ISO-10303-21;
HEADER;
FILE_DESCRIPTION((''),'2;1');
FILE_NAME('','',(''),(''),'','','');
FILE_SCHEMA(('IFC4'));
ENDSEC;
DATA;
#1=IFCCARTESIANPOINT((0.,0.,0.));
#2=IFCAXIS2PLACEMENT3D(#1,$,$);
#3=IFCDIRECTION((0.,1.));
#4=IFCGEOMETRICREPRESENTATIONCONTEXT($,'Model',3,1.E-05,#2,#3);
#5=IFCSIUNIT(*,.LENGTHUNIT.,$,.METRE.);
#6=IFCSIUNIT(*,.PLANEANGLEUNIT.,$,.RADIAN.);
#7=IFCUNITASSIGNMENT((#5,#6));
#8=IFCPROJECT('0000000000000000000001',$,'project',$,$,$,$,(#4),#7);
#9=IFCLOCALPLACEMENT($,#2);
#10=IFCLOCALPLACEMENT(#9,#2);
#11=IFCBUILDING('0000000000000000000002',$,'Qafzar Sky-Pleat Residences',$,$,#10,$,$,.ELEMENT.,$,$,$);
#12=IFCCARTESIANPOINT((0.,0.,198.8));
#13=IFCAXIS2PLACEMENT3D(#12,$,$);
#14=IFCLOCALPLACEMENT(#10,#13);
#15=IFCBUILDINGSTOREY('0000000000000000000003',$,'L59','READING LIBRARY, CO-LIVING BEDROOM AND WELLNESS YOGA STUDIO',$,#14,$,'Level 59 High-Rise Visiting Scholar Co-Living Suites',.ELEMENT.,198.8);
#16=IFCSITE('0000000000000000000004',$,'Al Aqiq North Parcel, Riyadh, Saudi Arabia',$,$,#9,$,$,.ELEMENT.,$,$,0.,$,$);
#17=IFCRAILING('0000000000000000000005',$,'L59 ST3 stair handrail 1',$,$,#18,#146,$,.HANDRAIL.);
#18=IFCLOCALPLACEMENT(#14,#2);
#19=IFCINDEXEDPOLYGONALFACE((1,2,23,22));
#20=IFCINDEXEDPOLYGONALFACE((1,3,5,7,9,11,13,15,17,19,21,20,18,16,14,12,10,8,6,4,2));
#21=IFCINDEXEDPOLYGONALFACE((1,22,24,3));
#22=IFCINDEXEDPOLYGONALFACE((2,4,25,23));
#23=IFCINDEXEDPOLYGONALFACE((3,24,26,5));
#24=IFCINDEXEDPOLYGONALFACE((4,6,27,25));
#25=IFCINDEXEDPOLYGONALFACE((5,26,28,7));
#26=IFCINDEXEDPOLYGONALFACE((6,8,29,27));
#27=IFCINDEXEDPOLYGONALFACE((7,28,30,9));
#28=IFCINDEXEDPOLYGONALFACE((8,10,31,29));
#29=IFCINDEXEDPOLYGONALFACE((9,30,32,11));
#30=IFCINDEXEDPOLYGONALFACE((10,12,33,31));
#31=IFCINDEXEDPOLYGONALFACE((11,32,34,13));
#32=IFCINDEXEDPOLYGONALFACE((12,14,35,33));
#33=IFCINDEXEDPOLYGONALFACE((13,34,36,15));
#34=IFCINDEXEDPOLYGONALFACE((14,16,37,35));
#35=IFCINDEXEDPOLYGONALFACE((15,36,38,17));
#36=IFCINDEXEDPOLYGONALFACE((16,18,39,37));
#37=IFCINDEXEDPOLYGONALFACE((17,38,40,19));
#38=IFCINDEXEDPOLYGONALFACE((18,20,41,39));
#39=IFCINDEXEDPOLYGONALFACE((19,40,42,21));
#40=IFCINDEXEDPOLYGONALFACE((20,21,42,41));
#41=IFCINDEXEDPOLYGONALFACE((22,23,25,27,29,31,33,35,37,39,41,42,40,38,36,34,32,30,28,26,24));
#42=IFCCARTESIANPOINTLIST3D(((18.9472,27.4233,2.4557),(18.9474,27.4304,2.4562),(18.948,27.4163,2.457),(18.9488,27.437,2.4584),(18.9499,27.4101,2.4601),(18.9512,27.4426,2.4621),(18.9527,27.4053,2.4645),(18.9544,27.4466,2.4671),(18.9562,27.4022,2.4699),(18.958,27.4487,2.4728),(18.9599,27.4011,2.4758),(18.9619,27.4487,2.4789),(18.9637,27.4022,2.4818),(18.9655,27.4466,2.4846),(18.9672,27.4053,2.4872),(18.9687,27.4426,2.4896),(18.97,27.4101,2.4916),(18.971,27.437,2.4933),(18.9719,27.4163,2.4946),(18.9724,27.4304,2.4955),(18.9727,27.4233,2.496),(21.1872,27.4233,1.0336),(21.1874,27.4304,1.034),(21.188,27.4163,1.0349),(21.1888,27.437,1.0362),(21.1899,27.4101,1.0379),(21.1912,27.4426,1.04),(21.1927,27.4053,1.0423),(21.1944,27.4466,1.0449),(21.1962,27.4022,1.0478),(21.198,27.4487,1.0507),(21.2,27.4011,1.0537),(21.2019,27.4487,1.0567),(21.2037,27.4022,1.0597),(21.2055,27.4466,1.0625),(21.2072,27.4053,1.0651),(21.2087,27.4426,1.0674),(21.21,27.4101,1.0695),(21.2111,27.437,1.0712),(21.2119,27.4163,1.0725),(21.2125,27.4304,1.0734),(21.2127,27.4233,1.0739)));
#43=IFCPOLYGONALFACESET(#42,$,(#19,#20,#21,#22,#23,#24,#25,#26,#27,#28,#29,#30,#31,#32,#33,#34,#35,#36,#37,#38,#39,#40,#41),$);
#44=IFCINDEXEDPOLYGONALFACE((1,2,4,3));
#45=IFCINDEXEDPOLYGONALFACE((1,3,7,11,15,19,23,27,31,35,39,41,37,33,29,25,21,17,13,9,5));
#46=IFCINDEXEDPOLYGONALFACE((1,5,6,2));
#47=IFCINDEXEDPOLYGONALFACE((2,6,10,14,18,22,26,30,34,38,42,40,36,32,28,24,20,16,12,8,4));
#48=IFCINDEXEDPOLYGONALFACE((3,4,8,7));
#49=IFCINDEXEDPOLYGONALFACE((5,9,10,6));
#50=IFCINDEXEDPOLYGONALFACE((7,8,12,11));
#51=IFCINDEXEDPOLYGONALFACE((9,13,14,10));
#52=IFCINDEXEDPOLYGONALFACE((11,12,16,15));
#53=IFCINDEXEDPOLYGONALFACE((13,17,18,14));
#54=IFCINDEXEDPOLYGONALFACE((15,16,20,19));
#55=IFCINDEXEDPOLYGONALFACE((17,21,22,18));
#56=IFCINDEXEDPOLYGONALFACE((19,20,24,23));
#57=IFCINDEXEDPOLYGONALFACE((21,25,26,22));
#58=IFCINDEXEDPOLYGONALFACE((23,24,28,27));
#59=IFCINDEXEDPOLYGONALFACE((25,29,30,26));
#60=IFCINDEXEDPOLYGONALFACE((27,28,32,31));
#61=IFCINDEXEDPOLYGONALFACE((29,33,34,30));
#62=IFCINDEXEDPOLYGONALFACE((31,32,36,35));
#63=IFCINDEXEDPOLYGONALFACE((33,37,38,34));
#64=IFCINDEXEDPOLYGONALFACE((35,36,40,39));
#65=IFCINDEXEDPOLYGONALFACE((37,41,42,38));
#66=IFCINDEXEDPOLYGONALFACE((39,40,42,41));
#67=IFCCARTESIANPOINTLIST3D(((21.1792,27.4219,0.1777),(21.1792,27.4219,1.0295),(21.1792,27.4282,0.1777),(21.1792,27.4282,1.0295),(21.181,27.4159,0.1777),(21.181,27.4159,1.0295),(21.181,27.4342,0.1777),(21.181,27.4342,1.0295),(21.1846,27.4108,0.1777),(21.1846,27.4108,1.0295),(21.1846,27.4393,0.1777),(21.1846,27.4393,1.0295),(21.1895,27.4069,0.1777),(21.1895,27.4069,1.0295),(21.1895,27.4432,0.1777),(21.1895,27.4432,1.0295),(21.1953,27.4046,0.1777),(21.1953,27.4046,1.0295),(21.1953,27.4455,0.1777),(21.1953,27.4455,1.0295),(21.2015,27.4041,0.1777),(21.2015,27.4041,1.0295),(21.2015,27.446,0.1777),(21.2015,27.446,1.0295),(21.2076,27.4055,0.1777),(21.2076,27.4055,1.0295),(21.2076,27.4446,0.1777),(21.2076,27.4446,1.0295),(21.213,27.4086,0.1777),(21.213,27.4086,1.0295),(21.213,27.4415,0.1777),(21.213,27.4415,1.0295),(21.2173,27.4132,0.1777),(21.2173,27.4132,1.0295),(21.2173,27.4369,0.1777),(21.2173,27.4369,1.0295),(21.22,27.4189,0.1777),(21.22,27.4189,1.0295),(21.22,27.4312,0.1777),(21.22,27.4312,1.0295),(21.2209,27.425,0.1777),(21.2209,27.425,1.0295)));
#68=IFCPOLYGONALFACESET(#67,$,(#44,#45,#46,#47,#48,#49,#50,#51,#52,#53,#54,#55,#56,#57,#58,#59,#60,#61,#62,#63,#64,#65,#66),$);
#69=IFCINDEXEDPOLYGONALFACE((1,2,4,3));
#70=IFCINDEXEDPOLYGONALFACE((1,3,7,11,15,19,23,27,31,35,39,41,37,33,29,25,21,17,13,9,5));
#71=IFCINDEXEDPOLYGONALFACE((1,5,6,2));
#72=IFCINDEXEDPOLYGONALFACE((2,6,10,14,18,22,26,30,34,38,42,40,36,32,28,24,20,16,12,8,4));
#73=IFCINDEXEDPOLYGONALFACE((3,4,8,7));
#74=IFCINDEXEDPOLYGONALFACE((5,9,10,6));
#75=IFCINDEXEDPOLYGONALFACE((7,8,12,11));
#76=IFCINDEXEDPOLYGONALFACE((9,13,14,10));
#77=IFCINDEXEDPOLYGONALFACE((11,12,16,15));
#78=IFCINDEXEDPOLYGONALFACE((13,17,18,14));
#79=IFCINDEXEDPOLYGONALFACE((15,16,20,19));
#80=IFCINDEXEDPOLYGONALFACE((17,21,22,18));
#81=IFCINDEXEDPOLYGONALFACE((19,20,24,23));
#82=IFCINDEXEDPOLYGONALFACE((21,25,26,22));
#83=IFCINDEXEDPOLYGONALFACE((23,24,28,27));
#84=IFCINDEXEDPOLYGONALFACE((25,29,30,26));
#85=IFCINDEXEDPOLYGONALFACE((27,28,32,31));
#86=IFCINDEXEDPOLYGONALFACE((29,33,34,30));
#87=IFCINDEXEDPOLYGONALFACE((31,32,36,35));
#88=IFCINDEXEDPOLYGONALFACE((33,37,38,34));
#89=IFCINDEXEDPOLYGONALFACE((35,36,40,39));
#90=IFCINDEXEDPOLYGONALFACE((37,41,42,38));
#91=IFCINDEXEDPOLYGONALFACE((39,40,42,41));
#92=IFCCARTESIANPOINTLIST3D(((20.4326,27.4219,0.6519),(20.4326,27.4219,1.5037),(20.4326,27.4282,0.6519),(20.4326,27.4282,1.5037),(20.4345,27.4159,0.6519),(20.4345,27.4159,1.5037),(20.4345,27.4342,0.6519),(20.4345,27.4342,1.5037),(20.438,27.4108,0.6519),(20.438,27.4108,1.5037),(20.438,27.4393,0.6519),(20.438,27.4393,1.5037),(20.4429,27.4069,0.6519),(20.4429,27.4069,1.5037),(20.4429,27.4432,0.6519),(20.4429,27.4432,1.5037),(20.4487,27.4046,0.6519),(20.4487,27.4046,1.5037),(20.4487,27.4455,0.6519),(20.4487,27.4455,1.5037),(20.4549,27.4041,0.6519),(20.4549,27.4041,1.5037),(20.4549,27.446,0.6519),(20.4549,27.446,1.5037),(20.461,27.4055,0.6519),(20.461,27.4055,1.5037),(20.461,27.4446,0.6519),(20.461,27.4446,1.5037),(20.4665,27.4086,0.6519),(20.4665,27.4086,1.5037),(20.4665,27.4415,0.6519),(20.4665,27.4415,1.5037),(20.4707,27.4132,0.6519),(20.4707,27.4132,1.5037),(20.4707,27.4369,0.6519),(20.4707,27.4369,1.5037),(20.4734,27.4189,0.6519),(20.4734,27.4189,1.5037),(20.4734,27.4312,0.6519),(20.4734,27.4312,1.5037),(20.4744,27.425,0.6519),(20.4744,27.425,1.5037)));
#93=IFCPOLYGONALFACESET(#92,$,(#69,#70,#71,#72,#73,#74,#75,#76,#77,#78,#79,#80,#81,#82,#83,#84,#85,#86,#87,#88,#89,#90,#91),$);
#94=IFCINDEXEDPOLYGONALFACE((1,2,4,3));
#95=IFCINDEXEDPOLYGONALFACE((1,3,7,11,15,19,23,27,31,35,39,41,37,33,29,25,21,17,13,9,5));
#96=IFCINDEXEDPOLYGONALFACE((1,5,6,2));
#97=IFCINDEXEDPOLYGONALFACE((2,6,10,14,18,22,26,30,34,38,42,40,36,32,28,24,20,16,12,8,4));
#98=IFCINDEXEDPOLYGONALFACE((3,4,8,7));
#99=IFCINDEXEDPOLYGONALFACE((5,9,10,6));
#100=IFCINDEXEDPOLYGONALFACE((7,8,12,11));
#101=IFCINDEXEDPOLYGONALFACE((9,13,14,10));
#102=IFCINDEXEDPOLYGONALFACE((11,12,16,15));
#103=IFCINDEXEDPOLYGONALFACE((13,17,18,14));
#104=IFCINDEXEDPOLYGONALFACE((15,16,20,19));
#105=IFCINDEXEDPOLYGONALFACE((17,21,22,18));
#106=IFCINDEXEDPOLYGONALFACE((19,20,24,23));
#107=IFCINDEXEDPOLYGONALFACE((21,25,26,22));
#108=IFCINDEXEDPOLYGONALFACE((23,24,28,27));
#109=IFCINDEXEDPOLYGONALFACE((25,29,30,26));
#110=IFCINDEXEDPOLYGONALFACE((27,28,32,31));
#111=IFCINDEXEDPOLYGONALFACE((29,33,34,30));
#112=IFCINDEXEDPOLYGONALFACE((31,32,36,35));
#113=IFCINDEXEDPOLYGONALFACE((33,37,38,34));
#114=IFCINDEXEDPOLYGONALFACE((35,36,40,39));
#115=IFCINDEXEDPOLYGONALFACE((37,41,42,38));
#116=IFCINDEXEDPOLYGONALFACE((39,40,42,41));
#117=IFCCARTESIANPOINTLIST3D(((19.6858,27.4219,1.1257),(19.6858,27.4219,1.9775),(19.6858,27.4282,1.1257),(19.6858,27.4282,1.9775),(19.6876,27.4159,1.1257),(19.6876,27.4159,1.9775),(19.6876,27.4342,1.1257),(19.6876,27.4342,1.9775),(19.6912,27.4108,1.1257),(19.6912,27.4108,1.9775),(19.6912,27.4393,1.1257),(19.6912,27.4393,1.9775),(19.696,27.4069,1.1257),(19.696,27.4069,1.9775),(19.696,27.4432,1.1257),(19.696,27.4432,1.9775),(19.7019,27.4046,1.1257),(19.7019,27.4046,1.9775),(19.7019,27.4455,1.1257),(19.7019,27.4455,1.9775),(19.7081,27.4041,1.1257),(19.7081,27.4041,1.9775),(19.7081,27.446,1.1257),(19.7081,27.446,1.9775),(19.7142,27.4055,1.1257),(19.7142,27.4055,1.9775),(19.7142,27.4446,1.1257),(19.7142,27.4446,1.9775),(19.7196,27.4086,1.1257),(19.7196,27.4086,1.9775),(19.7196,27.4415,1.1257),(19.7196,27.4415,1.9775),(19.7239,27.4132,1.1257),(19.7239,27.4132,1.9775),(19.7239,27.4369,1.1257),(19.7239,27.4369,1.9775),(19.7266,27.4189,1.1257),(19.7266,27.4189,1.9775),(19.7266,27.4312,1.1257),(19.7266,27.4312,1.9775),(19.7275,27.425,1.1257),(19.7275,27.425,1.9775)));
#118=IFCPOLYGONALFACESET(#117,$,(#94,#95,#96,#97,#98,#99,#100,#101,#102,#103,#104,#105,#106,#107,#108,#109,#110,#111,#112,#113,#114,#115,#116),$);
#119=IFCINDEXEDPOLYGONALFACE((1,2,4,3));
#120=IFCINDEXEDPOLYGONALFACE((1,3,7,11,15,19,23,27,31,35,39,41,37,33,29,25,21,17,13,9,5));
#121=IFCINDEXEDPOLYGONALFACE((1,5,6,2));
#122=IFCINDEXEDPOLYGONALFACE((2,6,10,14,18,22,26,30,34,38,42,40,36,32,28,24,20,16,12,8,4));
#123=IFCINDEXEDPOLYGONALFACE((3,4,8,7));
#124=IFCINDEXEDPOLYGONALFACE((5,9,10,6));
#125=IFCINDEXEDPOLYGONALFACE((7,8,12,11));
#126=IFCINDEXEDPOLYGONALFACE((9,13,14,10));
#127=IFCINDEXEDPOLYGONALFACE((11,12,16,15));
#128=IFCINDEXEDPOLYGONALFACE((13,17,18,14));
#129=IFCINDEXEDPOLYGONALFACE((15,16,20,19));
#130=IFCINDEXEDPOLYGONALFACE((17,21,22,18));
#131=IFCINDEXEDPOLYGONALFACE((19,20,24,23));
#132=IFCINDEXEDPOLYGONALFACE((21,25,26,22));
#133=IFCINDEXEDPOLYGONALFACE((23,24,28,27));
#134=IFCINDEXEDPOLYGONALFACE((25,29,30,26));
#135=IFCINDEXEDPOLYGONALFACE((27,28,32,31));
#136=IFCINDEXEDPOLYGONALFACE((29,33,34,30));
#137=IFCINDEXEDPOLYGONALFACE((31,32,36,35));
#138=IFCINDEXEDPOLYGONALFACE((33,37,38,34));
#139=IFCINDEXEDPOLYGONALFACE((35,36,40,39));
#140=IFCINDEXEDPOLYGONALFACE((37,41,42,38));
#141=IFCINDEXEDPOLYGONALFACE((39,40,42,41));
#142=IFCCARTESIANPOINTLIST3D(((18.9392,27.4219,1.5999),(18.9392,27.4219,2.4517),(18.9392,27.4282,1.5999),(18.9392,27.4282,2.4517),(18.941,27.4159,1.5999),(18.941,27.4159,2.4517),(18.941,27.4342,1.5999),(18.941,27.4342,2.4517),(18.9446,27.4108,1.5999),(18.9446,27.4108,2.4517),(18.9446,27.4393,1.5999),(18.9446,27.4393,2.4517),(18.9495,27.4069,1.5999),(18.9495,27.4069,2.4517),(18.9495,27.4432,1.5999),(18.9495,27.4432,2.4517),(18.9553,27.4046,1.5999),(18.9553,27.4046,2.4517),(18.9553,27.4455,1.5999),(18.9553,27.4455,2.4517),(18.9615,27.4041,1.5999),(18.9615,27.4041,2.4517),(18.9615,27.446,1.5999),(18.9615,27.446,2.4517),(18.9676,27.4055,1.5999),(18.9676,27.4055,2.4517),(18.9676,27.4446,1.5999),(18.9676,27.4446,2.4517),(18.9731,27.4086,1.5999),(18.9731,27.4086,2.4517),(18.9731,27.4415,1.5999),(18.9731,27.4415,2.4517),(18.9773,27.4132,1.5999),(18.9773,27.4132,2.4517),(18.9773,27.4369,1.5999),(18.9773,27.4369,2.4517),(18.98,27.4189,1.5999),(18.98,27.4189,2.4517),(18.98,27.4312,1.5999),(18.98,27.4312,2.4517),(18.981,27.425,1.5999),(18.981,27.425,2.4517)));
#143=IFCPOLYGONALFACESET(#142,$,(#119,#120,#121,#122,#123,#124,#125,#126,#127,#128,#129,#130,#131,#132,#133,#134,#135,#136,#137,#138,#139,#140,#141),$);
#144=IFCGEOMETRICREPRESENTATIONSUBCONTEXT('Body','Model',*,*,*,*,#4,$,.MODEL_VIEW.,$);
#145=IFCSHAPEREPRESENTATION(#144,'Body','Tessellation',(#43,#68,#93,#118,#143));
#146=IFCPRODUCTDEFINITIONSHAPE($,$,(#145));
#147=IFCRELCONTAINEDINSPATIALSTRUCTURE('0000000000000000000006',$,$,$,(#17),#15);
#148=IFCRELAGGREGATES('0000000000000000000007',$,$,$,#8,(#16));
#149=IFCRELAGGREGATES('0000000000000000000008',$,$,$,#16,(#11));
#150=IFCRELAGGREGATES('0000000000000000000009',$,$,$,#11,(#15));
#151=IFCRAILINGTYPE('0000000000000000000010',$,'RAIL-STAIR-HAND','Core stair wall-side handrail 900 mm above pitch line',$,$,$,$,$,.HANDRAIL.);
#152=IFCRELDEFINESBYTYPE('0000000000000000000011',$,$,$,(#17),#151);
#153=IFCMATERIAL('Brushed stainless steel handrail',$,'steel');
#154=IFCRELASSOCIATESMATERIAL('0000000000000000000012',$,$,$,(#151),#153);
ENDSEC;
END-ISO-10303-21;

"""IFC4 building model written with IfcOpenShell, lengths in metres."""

from ifc_helpers import new_model, si_unit, direction, frame, origin, origin_2d, place, context, subcontext, project, spatial, circle, extrude, source, transform, mapped, material, type_object, element, save


model = new_model("IFC4")

# Units and contexts
model_context = context("Model", 3, precision=1e-05, world=origin(), true_north=direction((0.0, 1.0)))
body_context = subcontext(model_context, "Body", "Model", "MODEL_VIEW")
ifc_project = project(units=[si_unit("LENGTHUNIT", "METRE"), si_unit("PLANEANGLEUNIT", "RADIAN")], contexts=[model_context])

# Site, building, storey
site_placement = place(None, origin())
site = spatial("IfcSite", under=ifc_project, at=site_placement, Name="Al Aqiq North Parcel, Riyadh, Saudi Arabia", CompositionType="ELEMENT", RefElevation=0.0)
building_placement = place(site_placement, origin())
building = spatial("IfcBuilding", under=site, at=building_placement, Name="Qafzar Sky-Pleat Residences", CompositionType="ELEMENT")
storey_placement = place(building_placement, frame((0.0, 0.0, 198.8)))
storey = spatial("IfcBuildingStorey", under=building, at=storey_placement, Name="L59", Description="READING LIBRARY, CO-LIVING BEDROOM AND WELLNESS YOGA STUDIO", LongName="Level 59 High-Rise Visiting Scholar Co-Living Suites", CompositionType="ELEMENT", Elevation=198.8)

# Railing
ifc_material_1 = material(Name="Brushed stainless steel handrail", Category="steel")
railing_type_1 = type_object("IfcRailingType", Name="RAIL-STAIR-HAND", Description="Core stair wall-side handrail 900 mm above pitch line", PredefinedType="HANDRAIL", material=ifc_material_1)
shared_shape_1 = source(origin(), body_context, "Body", "SweptSolid", [
    extrude(circle(Radius=0.0239, at=origin_2d()), frame((0.0, 0.0, 0.876), z_axis=(-0.844229, 0.0, 0.535982), x_axis=(0.0, -1.0, 0.0)), (0.0, 0.0, 1.0), 2.6533),
    extrude(circle(Radius=0.021, at=origin_2d()), origin(), (0.0, 0.0, 1.0), 0.8518),
    extrude(circle(Radius=0.021, at=origin_2d()), frame((-0.7466, 0.0, 0.4741)), (0.0, 0.0, 1.0), 0.8518),
    extrude(circle(Radius=0.021, at=origin_2d()), frame((-1.4934, 0.0, 0.948)), (0.0, 0.0, 1.0), 0.8518),
    extrude(circle(Radius=0.021, at=origin_2d()), frame((-2.24, 0.0, 1.4221)), (0.0, 0.0, 1.0), 0.8518),
])
railing_1_placement = place(storey_placement, frame((21.2, 27.425, 0.1777)))
element("IfcRailing", 1, at=railing_1_placement, inside=storey, type_object=railing_type_1, Name="L59 ST3 stair handrail 1", PredefinedType="HANDRAIL", context=body_context, shape_type="MappedRepresentation", body=[
    mapped(shared_shape_1, transform((0.0, 0.0, 0.0), x_axis=(1.0, 0.0, 0.0), y_axis=(0.0, 1.0, 0.0), z_axis=(0.0, 0.0, 1.0), scale=1.0)),
])

save(model, "model.ifc")
